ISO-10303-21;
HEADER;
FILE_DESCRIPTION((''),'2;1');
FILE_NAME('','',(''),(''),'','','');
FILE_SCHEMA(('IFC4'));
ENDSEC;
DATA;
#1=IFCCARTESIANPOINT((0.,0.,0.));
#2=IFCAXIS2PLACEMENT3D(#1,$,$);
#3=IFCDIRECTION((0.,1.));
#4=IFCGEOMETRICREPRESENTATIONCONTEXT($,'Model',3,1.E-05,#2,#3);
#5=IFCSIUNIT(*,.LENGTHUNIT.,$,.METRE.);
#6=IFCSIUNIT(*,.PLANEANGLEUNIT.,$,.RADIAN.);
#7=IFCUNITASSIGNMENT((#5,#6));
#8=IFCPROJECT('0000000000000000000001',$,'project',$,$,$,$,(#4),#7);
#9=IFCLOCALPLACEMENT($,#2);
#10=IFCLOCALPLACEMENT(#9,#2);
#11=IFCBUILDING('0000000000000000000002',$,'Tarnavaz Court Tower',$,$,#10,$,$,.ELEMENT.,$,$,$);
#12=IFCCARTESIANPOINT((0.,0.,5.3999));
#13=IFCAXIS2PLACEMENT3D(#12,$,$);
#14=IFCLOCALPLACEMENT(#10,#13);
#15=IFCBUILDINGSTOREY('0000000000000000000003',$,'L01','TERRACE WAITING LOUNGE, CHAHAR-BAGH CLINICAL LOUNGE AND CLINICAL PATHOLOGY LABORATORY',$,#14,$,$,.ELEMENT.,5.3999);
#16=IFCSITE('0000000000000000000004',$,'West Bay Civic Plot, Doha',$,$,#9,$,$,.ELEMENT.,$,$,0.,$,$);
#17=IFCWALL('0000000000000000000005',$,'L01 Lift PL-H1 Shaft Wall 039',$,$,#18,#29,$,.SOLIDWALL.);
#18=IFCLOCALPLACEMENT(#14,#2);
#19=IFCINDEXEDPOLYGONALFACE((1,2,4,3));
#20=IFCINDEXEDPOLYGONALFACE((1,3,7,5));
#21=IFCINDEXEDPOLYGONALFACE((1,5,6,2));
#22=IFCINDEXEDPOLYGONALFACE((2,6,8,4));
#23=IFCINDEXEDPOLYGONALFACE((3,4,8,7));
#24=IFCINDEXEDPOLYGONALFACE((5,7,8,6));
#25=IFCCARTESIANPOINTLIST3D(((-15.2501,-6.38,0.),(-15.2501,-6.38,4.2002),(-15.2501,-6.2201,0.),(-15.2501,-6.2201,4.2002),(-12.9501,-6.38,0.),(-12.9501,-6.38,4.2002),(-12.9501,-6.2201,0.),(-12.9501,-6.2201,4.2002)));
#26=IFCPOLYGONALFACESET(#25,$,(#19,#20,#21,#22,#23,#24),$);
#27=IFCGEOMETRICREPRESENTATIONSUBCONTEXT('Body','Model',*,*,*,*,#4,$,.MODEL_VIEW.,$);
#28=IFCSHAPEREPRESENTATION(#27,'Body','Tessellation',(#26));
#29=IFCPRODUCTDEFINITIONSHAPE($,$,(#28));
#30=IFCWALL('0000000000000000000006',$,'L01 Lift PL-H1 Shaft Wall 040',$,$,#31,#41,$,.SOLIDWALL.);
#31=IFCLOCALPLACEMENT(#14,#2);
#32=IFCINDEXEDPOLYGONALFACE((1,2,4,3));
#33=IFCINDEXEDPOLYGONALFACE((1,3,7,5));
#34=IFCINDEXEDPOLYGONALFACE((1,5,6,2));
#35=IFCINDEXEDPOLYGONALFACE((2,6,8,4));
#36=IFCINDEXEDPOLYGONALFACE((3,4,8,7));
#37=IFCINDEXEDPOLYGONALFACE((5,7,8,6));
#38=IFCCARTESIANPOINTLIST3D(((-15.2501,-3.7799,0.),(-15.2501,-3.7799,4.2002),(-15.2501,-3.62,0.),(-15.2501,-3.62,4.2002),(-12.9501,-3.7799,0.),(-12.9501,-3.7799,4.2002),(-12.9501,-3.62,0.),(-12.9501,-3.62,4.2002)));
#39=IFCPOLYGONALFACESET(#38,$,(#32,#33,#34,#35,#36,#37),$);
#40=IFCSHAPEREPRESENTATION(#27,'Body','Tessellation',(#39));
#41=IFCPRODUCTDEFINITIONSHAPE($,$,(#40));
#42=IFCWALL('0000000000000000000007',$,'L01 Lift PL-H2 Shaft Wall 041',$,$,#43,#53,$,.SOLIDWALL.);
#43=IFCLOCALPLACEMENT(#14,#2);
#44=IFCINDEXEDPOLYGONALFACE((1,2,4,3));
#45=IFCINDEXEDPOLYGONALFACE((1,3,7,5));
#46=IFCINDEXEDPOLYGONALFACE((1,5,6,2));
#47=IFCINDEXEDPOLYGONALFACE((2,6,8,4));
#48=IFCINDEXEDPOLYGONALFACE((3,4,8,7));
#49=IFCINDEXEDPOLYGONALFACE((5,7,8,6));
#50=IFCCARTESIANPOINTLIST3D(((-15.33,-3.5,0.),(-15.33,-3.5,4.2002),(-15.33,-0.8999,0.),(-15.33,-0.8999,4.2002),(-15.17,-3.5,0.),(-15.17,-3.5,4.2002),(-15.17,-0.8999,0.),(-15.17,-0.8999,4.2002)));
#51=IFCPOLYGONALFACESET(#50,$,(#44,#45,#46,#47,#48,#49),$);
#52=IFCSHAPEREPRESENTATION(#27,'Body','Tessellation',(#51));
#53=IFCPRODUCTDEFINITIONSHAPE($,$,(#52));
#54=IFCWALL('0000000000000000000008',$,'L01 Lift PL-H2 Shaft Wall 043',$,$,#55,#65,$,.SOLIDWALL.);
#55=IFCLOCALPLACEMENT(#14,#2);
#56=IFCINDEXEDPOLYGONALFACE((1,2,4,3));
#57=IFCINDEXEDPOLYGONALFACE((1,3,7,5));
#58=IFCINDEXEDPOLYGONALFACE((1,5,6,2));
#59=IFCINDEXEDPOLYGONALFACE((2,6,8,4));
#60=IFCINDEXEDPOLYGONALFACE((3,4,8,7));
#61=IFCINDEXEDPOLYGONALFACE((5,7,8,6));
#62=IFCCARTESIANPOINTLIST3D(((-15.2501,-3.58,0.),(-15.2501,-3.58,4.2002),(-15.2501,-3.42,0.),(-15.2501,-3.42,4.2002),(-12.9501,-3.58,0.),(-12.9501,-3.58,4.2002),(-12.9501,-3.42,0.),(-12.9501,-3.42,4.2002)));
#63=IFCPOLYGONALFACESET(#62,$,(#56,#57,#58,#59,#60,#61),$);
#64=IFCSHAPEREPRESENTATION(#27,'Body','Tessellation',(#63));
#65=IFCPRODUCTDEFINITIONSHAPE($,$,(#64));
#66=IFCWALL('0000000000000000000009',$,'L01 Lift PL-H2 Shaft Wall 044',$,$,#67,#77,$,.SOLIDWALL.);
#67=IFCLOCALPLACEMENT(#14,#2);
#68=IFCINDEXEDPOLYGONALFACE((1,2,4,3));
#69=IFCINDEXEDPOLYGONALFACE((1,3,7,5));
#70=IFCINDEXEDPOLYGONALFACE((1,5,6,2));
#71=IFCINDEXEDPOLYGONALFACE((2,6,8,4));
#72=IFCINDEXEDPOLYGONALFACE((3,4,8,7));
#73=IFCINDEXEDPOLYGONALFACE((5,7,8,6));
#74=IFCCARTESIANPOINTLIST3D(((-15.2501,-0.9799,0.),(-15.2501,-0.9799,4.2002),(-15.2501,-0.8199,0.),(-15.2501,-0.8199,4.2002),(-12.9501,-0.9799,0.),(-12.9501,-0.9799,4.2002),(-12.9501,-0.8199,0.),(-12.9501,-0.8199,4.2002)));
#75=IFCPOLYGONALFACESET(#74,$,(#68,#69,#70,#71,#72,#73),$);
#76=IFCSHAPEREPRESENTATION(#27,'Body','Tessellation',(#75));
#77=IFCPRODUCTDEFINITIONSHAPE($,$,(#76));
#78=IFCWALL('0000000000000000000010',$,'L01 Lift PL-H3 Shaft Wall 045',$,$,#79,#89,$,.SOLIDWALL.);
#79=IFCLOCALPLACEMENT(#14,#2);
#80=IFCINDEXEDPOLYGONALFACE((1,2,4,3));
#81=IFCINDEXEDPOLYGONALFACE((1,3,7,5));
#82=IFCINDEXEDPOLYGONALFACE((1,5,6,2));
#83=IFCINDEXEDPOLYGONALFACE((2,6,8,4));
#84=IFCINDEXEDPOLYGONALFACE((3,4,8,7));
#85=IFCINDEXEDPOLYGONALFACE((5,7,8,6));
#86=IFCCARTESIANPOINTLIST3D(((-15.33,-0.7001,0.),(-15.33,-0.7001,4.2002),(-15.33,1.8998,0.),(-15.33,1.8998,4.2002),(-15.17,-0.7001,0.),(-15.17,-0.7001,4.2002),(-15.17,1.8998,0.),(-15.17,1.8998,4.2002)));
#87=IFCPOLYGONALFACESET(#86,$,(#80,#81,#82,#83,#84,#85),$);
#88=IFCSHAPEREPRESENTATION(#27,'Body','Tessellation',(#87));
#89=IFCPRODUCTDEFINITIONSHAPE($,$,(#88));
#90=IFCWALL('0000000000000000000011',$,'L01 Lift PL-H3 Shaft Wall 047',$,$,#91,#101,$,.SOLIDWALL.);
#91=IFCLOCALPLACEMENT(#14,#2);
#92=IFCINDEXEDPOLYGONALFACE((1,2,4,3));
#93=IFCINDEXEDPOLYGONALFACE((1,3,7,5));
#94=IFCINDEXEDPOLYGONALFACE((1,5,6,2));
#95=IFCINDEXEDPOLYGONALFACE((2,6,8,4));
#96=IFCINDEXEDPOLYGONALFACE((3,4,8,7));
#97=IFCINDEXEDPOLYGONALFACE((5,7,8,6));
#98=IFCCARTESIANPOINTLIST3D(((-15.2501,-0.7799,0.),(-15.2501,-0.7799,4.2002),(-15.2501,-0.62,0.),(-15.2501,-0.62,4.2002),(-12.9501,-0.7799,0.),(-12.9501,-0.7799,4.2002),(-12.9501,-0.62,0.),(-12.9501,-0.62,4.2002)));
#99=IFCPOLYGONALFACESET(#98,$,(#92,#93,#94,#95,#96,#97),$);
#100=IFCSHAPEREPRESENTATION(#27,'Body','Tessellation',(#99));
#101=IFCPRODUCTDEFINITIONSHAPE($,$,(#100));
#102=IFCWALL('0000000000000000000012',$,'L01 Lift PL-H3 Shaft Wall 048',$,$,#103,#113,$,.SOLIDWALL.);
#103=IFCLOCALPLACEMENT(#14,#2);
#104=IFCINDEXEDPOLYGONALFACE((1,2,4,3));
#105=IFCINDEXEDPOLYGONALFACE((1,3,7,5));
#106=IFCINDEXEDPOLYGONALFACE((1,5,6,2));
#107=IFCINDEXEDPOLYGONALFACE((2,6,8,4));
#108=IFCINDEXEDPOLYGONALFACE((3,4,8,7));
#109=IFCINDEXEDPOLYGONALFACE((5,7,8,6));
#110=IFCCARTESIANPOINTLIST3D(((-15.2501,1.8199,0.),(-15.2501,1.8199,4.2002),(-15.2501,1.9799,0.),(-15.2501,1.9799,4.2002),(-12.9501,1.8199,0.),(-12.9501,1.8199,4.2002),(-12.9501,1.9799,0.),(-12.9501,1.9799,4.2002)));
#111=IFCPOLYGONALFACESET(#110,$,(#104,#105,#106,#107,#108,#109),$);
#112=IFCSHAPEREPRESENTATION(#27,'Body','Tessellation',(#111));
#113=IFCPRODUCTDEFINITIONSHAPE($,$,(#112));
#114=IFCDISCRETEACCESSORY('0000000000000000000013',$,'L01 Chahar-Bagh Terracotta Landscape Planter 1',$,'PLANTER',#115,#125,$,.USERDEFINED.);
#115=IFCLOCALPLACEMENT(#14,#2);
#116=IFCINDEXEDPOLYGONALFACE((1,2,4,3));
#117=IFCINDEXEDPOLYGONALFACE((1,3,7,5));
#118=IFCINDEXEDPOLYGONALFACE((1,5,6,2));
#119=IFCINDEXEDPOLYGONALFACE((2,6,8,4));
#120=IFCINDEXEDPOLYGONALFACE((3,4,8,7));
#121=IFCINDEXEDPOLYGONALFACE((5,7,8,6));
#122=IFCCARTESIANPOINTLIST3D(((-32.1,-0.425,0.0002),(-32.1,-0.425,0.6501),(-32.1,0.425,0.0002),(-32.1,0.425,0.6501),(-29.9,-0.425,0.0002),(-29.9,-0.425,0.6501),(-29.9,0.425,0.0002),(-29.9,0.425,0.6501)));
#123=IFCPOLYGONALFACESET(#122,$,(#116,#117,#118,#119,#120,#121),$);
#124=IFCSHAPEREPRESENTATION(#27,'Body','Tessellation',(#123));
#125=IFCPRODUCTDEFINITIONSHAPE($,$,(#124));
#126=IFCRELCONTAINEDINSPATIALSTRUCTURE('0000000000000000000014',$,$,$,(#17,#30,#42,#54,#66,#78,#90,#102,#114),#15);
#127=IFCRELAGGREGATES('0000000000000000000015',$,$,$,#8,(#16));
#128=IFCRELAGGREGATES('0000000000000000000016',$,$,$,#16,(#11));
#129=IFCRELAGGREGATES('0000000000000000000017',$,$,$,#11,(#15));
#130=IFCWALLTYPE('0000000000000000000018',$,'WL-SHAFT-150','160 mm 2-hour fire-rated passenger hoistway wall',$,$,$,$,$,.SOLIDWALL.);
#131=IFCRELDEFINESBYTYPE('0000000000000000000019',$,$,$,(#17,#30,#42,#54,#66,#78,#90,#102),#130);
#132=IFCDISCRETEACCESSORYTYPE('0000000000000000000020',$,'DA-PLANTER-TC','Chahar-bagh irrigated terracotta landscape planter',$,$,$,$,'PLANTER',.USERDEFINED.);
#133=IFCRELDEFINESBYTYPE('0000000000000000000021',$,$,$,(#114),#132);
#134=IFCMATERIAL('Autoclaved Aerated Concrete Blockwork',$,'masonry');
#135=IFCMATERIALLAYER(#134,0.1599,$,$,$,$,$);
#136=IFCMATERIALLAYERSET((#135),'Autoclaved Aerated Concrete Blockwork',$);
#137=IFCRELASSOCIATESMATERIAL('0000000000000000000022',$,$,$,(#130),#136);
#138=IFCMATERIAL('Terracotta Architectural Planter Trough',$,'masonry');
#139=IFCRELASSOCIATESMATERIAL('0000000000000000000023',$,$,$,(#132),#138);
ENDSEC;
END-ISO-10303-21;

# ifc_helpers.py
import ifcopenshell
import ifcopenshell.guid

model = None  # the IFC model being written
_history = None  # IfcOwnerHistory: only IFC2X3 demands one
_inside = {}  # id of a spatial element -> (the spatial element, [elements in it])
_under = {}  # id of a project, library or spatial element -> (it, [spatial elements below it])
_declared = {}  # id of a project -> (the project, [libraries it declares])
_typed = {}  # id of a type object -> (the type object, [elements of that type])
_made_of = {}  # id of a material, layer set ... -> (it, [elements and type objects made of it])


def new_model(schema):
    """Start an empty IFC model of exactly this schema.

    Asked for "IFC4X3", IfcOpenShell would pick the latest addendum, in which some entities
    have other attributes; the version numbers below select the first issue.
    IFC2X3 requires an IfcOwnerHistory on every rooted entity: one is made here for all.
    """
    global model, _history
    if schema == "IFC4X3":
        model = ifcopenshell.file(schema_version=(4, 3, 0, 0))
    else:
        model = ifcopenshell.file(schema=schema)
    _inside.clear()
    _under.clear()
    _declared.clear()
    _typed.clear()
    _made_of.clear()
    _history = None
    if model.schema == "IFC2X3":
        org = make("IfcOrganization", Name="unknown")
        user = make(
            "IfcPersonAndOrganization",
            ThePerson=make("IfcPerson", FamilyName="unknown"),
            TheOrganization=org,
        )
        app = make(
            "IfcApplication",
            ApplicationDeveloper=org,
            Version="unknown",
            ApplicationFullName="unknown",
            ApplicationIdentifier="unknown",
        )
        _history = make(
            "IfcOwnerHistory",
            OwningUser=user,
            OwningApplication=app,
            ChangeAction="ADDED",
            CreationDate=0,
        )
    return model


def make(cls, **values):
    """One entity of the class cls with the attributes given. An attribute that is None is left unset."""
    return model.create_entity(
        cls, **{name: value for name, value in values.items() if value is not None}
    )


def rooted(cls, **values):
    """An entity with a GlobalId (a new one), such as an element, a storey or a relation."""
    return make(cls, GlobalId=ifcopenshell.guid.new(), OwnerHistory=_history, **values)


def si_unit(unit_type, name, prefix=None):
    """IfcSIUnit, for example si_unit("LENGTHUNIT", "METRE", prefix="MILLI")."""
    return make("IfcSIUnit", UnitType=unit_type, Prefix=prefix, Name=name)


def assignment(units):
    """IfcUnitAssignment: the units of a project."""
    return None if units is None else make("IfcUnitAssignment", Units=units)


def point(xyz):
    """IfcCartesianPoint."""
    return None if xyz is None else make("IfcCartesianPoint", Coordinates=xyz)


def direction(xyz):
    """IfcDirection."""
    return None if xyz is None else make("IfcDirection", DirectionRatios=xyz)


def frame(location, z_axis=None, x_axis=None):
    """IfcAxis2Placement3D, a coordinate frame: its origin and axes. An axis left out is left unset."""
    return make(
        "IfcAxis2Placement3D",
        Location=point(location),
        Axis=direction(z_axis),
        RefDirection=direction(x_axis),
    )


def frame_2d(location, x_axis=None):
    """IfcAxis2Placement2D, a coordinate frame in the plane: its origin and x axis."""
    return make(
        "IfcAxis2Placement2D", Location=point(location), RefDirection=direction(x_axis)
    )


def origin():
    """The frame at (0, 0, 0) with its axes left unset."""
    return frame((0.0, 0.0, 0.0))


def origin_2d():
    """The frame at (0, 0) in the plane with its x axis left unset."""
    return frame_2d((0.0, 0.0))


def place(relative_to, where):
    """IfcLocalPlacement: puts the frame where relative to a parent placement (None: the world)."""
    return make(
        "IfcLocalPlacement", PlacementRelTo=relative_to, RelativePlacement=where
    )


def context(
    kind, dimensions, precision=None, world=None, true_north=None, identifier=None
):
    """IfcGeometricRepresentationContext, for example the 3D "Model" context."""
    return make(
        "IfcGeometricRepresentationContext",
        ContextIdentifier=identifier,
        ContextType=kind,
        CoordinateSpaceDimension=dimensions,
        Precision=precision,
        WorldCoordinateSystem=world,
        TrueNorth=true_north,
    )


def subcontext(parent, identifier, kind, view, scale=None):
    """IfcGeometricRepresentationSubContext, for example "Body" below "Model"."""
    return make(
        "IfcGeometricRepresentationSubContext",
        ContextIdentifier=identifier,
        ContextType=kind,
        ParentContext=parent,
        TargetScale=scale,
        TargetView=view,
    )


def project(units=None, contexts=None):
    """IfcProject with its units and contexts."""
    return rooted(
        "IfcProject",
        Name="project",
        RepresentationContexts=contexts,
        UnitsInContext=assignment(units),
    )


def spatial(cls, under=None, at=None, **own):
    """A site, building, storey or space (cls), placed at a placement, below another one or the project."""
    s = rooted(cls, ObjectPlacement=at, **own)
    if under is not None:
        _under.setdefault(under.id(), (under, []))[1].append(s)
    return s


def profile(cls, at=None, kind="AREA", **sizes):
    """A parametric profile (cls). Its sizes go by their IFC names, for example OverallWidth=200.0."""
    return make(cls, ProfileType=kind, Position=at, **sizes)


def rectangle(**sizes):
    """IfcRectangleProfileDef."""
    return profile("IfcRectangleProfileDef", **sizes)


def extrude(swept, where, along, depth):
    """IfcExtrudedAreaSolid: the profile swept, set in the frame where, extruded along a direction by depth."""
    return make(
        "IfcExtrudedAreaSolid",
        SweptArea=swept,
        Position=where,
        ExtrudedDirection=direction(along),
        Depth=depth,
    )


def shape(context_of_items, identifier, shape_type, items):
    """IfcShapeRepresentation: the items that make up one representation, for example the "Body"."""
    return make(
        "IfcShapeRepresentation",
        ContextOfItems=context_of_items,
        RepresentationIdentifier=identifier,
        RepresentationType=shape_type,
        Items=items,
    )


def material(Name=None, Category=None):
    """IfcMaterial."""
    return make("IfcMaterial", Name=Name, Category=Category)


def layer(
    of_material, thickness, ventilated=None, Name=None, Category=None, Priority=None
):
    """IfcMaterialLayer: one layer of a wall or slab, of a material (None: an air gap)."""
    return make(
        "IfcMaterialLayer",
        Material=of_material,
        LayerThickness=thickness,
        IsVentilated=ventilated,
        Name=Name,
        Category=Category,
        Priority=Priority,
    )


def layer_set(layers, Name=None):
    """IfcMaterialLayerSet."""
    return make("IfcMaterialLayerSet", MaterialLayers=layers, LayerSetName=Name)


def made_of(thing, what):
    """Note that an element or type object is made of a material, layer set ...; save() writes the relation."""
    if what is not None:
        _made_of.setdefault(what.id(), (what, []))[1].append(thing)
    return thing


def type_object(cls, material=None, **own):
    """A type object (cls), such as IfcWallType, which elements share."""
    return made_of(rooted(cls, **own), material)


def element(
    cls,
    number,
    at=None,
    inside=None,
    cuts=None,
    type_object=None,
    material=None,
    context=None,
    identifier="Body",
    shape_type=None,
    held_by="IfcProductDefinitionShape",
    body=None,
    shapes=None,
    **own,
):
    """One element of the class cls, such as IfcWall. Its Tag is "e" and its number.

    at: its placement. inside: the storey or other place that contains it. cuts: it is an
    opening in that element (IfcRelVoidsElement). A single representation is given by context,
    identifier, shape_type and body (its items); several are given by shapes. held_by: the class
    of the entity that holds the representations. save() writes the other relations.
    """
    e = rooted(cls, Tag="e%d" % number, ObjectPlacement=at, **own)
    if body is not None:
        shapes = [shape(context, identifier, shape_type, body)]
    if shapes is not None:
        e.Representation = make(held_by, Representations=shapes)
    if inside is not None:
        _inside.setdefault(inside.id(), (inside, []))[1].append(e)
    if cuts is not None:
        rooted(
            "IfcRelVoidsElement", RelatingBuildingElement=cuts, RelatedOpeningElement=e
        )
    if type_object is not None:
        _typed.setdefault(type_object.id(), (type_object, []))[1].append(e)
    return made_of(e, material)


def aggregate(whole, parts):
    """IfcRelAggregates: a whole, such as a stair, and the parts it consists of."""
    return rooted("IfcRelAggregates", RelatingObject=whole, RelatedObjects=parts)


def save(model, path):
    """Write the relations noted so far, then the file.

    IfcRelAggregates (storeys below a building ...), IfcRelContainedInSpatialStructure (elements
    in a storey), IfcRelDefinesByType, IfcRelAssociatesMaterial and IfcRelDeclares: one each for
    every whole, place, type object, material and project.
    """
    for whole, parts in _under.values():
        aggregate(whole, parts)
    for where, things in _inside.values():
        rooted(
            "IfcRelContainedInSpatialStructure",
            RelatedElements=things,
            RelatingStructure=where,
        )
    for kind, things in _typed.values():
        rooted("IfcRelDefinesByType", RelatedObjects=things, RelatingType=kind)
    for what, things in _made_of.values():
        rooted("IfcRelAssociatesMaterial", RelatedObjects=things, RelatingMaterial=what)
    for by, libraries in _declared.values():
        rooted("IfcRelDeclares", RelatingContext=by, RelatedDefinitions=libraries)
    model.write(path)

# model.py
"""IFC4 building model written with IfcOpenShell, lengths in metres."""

from ifc_helpers import new_model, si_unit, direction, frame, frame_2d, origin, origin_2d, place, context, subcontext, project, spatial, rectangle, extrude, material, layer, layer_set, type_object, element, save


model = new_model("IFC4")

# Units and contexts
model_context = context("Model", 3, precision=1e-05, world=origin(), true_north=direction((0.0, 1.0)))
body_context = subcontext(model_context, "Body", "Model", "MODEL_VIEW")
ifc_project = project(units=[si_unit("LENGTHUNIT", "METRE"), si_unit("PLANEANGLEUNIT", "RADIAN")], contexts=[model_context])

# Site, building, storey
site_placement = place(None, origin())
site = spatial("IfcSite", under=ifc_project, at=site_placement, Name="West Bay Civic Plot, Doha", CompositionType="ELEMENT", RefElevation=0.0)
building_placement = place(site_placement, origin())
building = spatial("IfcBuilding", under=site, at=building_placement, Name="Tarnavaz Court Tower", CompositionType="ELEMENT")
storey_placement = place(building_placement, frame((0.0, 0.0, 5.3999)))
storey = spatial("IfcBuildingStorey", under=building, at=storey_placement, Name="L01", Description="TERRACE WAITING LOUNGE, CHAHAR-BAGH CLINICAL LOUNGE AND CLINICAL PATHOLOGY LABORATORY", CompositionType="ELEMENT", Elevation=5.3999)

# Shared definitions
ifc_material_1 = material(Name="Autoclaved Aerated Concrete Blockwork", Category="masonry")

# Walls
ifc_layer_1 = layer(ifc_material_1, 0.1599)
ifc_layer_set_1 = layer_set([ifc_layer_1], Name="Autoclaved Aerated Concrete Blockwork")
wall_type_1 = type_object("IfcWallType", Name="WL-SHAFT-150", Description="160 mm 2-hour fire-rated passenger hoistway wall", PredefinedType="SOLIDWALL", material=ifc_layer_set_1)
for number, where, z_axis, x_axis, name in (
    (1, (-15.25, -6.3, 0.0), (0.0, 0.0, 1.0), (1.0, 0.0, 0.0), "L01 Lift PL-H1 Shaft Wall 039"),
    (2, (-15.25, -3.7, 0.0), (0.0, 0.0, 1.0), (1.0, 0.0, 0.0), "L01 Lift PL-H1 Shaft Wall 040"),
):
    element("IfcWall", number, at=place(storey_placement, frame(where, z_axis=z_axis, x_axis=x_axis)), inside=storey, type_object=wall_type_1, Name=name, PredefinedType="SOLIDWALL", context=body_context, shape_type="SweptSolid", body=[
        extrude(rectangle(XDim=2.3, YDim=0.1599, at=frame_2d((1.1499, 0.0))), origin(), (0.0, 0.0, 1.0), 4.2002),
    ])
wall_1_placement = place(storey_placement, frame((-15.25, -3.5, 0.0), z_axis=(0.0, 0.0, 1.0), x_axis=(0.0, 1.0, 0.0)))
element("IfcWall", 3, at=wall_1_placement, inside=storey, type_object=wall_type_1, Name="L01 Lift PL-H2 Shaft Wall 041", PredefinedType="SOLIDWALL", context=body_context, shape_type="SweptSolid", body=[
    extrude(rectangle(XDim=2.6001, YDim=0.1599, at=frame_2d((1.3, 0.0))), origin(), (0.0, 0.0, 1.0), 4.2002),
])
for number, where, z_axis, x_axis, name in (
    (4, (-15.25, -3.5, 0.0), (0.0, 0.0, 1.0), (1.0, 0.0, 0.0), "L01 Lift PL-H2 Shaft Wall 043"),
    (5, (-15.25, -0.8999, 0.0), (0.0, 0.0, 1.0), (1.0, 0.0, 0.0), "L01 Lift PL-H2 Shaft Wall 044"),
):
    element("IfcWall", number, at=place(storey_placement, frame(where, z_axis=z_axis, x_axis=x_axis)), inside=storey, type_object=wall_type_1, Name=name, PredefinedType="SOLIDWALL", context=body_context, shape_type="SweptSolid", body=[
        extrude(rectangle(XDim=2.3, YDim=0.1599, at=frame_2d((1.1499, 0.0))), origin(), (0.0, 0.0, 1.0), 4.2002),
    ])
wall_2_placement = place(storey_placement, frame((-15.25, -0.7, 0.0), z_axis=(0.0, 0.0, 1.0), x_axis=(0.0, 1.0, 0.0)))
element("IfcWall", 6, at=wall_2_placement, inside=storey, type_object=wall_type_1, Name="L01 Lift PL-H3 Shaft Wall 045", PredefinedType="SOLIDWALL", context=body_context, shape_type="SweptSolid", body=[
    extrude(rectangle(XDim=2.5999, YDim=0.1599, at=frame_2d((1.2998, 0.0))), origin(), (0.0, 0.0, 1.0), 4.2002),
])
for number, where, z_axis, x_axis, name in (
    (7, (-15.25, -0.7, 0.0), (0.0, 0.0, 1.0), (1.0, 0.0, 0.0), "L01 Lift PL-H3 Shaft Wall 047"),
    (8, (-15.25, 1.8999, 0.0), (0.0, 0.0, 1.0), (1.0, 0.0, 0.0), "L01 Lift PL-H3 Shaft Wall 048"),
):
    element("IfcWall", number, at=place(storey_placement, frame(where, z_axis=z_axis, x_axis=x_axis)), inside=storey, type_object=wall_type_1, Name=name, PredefinedType="SOLIDWALL", context=body_context, shape_type="SweptSolid", body=[
        extrude(rectangle(XDim=2.3, YDim=0.1599, at=frame_2d((1.1499, 0.0))), origin(), (0.0, 0.0, 1.0), 4.2002),
    ])

# Discrete accessory
ifc_material_2 = material(Name="Terracotta Architectural Planter Trough", Category="masonry")
discrete_accessory_type = type_object("IfcDiscreteAccessoryType", Name="DA-PLANTER-TC", Description="Chahar-bagh irrigated terracotta landscape planter", ElementType="PLANTER", PredefinedType="USERDEFINED", material=ifc_material_2)
discrete_accessory_placement = place(storey_placement, frame((-31.0, 0.0, 0.0002), z_axis=(0.0, 0.0, 1.0), x_axis=(1.0, 0.0, 0.0)))
element("IfcDiscreteAccessory", 9, at=discrete_accessory_placement, inside=storey, type_object=discrete_accessory_type, Name="L01 Chahar-Bagh Terracotta Landscape Planter 1", ObjectType="PLANTER", PredefinedType="USERDEFINED", context=body_context, shape_type="SweptSolid", body=[
    extrude(rectangle(XDim=2.2, YDim=0.8501, at=origin_2d()), origin(), (0.0, 0.0, 1.0), 0.6499),
])

save(model, "model.ifc")
